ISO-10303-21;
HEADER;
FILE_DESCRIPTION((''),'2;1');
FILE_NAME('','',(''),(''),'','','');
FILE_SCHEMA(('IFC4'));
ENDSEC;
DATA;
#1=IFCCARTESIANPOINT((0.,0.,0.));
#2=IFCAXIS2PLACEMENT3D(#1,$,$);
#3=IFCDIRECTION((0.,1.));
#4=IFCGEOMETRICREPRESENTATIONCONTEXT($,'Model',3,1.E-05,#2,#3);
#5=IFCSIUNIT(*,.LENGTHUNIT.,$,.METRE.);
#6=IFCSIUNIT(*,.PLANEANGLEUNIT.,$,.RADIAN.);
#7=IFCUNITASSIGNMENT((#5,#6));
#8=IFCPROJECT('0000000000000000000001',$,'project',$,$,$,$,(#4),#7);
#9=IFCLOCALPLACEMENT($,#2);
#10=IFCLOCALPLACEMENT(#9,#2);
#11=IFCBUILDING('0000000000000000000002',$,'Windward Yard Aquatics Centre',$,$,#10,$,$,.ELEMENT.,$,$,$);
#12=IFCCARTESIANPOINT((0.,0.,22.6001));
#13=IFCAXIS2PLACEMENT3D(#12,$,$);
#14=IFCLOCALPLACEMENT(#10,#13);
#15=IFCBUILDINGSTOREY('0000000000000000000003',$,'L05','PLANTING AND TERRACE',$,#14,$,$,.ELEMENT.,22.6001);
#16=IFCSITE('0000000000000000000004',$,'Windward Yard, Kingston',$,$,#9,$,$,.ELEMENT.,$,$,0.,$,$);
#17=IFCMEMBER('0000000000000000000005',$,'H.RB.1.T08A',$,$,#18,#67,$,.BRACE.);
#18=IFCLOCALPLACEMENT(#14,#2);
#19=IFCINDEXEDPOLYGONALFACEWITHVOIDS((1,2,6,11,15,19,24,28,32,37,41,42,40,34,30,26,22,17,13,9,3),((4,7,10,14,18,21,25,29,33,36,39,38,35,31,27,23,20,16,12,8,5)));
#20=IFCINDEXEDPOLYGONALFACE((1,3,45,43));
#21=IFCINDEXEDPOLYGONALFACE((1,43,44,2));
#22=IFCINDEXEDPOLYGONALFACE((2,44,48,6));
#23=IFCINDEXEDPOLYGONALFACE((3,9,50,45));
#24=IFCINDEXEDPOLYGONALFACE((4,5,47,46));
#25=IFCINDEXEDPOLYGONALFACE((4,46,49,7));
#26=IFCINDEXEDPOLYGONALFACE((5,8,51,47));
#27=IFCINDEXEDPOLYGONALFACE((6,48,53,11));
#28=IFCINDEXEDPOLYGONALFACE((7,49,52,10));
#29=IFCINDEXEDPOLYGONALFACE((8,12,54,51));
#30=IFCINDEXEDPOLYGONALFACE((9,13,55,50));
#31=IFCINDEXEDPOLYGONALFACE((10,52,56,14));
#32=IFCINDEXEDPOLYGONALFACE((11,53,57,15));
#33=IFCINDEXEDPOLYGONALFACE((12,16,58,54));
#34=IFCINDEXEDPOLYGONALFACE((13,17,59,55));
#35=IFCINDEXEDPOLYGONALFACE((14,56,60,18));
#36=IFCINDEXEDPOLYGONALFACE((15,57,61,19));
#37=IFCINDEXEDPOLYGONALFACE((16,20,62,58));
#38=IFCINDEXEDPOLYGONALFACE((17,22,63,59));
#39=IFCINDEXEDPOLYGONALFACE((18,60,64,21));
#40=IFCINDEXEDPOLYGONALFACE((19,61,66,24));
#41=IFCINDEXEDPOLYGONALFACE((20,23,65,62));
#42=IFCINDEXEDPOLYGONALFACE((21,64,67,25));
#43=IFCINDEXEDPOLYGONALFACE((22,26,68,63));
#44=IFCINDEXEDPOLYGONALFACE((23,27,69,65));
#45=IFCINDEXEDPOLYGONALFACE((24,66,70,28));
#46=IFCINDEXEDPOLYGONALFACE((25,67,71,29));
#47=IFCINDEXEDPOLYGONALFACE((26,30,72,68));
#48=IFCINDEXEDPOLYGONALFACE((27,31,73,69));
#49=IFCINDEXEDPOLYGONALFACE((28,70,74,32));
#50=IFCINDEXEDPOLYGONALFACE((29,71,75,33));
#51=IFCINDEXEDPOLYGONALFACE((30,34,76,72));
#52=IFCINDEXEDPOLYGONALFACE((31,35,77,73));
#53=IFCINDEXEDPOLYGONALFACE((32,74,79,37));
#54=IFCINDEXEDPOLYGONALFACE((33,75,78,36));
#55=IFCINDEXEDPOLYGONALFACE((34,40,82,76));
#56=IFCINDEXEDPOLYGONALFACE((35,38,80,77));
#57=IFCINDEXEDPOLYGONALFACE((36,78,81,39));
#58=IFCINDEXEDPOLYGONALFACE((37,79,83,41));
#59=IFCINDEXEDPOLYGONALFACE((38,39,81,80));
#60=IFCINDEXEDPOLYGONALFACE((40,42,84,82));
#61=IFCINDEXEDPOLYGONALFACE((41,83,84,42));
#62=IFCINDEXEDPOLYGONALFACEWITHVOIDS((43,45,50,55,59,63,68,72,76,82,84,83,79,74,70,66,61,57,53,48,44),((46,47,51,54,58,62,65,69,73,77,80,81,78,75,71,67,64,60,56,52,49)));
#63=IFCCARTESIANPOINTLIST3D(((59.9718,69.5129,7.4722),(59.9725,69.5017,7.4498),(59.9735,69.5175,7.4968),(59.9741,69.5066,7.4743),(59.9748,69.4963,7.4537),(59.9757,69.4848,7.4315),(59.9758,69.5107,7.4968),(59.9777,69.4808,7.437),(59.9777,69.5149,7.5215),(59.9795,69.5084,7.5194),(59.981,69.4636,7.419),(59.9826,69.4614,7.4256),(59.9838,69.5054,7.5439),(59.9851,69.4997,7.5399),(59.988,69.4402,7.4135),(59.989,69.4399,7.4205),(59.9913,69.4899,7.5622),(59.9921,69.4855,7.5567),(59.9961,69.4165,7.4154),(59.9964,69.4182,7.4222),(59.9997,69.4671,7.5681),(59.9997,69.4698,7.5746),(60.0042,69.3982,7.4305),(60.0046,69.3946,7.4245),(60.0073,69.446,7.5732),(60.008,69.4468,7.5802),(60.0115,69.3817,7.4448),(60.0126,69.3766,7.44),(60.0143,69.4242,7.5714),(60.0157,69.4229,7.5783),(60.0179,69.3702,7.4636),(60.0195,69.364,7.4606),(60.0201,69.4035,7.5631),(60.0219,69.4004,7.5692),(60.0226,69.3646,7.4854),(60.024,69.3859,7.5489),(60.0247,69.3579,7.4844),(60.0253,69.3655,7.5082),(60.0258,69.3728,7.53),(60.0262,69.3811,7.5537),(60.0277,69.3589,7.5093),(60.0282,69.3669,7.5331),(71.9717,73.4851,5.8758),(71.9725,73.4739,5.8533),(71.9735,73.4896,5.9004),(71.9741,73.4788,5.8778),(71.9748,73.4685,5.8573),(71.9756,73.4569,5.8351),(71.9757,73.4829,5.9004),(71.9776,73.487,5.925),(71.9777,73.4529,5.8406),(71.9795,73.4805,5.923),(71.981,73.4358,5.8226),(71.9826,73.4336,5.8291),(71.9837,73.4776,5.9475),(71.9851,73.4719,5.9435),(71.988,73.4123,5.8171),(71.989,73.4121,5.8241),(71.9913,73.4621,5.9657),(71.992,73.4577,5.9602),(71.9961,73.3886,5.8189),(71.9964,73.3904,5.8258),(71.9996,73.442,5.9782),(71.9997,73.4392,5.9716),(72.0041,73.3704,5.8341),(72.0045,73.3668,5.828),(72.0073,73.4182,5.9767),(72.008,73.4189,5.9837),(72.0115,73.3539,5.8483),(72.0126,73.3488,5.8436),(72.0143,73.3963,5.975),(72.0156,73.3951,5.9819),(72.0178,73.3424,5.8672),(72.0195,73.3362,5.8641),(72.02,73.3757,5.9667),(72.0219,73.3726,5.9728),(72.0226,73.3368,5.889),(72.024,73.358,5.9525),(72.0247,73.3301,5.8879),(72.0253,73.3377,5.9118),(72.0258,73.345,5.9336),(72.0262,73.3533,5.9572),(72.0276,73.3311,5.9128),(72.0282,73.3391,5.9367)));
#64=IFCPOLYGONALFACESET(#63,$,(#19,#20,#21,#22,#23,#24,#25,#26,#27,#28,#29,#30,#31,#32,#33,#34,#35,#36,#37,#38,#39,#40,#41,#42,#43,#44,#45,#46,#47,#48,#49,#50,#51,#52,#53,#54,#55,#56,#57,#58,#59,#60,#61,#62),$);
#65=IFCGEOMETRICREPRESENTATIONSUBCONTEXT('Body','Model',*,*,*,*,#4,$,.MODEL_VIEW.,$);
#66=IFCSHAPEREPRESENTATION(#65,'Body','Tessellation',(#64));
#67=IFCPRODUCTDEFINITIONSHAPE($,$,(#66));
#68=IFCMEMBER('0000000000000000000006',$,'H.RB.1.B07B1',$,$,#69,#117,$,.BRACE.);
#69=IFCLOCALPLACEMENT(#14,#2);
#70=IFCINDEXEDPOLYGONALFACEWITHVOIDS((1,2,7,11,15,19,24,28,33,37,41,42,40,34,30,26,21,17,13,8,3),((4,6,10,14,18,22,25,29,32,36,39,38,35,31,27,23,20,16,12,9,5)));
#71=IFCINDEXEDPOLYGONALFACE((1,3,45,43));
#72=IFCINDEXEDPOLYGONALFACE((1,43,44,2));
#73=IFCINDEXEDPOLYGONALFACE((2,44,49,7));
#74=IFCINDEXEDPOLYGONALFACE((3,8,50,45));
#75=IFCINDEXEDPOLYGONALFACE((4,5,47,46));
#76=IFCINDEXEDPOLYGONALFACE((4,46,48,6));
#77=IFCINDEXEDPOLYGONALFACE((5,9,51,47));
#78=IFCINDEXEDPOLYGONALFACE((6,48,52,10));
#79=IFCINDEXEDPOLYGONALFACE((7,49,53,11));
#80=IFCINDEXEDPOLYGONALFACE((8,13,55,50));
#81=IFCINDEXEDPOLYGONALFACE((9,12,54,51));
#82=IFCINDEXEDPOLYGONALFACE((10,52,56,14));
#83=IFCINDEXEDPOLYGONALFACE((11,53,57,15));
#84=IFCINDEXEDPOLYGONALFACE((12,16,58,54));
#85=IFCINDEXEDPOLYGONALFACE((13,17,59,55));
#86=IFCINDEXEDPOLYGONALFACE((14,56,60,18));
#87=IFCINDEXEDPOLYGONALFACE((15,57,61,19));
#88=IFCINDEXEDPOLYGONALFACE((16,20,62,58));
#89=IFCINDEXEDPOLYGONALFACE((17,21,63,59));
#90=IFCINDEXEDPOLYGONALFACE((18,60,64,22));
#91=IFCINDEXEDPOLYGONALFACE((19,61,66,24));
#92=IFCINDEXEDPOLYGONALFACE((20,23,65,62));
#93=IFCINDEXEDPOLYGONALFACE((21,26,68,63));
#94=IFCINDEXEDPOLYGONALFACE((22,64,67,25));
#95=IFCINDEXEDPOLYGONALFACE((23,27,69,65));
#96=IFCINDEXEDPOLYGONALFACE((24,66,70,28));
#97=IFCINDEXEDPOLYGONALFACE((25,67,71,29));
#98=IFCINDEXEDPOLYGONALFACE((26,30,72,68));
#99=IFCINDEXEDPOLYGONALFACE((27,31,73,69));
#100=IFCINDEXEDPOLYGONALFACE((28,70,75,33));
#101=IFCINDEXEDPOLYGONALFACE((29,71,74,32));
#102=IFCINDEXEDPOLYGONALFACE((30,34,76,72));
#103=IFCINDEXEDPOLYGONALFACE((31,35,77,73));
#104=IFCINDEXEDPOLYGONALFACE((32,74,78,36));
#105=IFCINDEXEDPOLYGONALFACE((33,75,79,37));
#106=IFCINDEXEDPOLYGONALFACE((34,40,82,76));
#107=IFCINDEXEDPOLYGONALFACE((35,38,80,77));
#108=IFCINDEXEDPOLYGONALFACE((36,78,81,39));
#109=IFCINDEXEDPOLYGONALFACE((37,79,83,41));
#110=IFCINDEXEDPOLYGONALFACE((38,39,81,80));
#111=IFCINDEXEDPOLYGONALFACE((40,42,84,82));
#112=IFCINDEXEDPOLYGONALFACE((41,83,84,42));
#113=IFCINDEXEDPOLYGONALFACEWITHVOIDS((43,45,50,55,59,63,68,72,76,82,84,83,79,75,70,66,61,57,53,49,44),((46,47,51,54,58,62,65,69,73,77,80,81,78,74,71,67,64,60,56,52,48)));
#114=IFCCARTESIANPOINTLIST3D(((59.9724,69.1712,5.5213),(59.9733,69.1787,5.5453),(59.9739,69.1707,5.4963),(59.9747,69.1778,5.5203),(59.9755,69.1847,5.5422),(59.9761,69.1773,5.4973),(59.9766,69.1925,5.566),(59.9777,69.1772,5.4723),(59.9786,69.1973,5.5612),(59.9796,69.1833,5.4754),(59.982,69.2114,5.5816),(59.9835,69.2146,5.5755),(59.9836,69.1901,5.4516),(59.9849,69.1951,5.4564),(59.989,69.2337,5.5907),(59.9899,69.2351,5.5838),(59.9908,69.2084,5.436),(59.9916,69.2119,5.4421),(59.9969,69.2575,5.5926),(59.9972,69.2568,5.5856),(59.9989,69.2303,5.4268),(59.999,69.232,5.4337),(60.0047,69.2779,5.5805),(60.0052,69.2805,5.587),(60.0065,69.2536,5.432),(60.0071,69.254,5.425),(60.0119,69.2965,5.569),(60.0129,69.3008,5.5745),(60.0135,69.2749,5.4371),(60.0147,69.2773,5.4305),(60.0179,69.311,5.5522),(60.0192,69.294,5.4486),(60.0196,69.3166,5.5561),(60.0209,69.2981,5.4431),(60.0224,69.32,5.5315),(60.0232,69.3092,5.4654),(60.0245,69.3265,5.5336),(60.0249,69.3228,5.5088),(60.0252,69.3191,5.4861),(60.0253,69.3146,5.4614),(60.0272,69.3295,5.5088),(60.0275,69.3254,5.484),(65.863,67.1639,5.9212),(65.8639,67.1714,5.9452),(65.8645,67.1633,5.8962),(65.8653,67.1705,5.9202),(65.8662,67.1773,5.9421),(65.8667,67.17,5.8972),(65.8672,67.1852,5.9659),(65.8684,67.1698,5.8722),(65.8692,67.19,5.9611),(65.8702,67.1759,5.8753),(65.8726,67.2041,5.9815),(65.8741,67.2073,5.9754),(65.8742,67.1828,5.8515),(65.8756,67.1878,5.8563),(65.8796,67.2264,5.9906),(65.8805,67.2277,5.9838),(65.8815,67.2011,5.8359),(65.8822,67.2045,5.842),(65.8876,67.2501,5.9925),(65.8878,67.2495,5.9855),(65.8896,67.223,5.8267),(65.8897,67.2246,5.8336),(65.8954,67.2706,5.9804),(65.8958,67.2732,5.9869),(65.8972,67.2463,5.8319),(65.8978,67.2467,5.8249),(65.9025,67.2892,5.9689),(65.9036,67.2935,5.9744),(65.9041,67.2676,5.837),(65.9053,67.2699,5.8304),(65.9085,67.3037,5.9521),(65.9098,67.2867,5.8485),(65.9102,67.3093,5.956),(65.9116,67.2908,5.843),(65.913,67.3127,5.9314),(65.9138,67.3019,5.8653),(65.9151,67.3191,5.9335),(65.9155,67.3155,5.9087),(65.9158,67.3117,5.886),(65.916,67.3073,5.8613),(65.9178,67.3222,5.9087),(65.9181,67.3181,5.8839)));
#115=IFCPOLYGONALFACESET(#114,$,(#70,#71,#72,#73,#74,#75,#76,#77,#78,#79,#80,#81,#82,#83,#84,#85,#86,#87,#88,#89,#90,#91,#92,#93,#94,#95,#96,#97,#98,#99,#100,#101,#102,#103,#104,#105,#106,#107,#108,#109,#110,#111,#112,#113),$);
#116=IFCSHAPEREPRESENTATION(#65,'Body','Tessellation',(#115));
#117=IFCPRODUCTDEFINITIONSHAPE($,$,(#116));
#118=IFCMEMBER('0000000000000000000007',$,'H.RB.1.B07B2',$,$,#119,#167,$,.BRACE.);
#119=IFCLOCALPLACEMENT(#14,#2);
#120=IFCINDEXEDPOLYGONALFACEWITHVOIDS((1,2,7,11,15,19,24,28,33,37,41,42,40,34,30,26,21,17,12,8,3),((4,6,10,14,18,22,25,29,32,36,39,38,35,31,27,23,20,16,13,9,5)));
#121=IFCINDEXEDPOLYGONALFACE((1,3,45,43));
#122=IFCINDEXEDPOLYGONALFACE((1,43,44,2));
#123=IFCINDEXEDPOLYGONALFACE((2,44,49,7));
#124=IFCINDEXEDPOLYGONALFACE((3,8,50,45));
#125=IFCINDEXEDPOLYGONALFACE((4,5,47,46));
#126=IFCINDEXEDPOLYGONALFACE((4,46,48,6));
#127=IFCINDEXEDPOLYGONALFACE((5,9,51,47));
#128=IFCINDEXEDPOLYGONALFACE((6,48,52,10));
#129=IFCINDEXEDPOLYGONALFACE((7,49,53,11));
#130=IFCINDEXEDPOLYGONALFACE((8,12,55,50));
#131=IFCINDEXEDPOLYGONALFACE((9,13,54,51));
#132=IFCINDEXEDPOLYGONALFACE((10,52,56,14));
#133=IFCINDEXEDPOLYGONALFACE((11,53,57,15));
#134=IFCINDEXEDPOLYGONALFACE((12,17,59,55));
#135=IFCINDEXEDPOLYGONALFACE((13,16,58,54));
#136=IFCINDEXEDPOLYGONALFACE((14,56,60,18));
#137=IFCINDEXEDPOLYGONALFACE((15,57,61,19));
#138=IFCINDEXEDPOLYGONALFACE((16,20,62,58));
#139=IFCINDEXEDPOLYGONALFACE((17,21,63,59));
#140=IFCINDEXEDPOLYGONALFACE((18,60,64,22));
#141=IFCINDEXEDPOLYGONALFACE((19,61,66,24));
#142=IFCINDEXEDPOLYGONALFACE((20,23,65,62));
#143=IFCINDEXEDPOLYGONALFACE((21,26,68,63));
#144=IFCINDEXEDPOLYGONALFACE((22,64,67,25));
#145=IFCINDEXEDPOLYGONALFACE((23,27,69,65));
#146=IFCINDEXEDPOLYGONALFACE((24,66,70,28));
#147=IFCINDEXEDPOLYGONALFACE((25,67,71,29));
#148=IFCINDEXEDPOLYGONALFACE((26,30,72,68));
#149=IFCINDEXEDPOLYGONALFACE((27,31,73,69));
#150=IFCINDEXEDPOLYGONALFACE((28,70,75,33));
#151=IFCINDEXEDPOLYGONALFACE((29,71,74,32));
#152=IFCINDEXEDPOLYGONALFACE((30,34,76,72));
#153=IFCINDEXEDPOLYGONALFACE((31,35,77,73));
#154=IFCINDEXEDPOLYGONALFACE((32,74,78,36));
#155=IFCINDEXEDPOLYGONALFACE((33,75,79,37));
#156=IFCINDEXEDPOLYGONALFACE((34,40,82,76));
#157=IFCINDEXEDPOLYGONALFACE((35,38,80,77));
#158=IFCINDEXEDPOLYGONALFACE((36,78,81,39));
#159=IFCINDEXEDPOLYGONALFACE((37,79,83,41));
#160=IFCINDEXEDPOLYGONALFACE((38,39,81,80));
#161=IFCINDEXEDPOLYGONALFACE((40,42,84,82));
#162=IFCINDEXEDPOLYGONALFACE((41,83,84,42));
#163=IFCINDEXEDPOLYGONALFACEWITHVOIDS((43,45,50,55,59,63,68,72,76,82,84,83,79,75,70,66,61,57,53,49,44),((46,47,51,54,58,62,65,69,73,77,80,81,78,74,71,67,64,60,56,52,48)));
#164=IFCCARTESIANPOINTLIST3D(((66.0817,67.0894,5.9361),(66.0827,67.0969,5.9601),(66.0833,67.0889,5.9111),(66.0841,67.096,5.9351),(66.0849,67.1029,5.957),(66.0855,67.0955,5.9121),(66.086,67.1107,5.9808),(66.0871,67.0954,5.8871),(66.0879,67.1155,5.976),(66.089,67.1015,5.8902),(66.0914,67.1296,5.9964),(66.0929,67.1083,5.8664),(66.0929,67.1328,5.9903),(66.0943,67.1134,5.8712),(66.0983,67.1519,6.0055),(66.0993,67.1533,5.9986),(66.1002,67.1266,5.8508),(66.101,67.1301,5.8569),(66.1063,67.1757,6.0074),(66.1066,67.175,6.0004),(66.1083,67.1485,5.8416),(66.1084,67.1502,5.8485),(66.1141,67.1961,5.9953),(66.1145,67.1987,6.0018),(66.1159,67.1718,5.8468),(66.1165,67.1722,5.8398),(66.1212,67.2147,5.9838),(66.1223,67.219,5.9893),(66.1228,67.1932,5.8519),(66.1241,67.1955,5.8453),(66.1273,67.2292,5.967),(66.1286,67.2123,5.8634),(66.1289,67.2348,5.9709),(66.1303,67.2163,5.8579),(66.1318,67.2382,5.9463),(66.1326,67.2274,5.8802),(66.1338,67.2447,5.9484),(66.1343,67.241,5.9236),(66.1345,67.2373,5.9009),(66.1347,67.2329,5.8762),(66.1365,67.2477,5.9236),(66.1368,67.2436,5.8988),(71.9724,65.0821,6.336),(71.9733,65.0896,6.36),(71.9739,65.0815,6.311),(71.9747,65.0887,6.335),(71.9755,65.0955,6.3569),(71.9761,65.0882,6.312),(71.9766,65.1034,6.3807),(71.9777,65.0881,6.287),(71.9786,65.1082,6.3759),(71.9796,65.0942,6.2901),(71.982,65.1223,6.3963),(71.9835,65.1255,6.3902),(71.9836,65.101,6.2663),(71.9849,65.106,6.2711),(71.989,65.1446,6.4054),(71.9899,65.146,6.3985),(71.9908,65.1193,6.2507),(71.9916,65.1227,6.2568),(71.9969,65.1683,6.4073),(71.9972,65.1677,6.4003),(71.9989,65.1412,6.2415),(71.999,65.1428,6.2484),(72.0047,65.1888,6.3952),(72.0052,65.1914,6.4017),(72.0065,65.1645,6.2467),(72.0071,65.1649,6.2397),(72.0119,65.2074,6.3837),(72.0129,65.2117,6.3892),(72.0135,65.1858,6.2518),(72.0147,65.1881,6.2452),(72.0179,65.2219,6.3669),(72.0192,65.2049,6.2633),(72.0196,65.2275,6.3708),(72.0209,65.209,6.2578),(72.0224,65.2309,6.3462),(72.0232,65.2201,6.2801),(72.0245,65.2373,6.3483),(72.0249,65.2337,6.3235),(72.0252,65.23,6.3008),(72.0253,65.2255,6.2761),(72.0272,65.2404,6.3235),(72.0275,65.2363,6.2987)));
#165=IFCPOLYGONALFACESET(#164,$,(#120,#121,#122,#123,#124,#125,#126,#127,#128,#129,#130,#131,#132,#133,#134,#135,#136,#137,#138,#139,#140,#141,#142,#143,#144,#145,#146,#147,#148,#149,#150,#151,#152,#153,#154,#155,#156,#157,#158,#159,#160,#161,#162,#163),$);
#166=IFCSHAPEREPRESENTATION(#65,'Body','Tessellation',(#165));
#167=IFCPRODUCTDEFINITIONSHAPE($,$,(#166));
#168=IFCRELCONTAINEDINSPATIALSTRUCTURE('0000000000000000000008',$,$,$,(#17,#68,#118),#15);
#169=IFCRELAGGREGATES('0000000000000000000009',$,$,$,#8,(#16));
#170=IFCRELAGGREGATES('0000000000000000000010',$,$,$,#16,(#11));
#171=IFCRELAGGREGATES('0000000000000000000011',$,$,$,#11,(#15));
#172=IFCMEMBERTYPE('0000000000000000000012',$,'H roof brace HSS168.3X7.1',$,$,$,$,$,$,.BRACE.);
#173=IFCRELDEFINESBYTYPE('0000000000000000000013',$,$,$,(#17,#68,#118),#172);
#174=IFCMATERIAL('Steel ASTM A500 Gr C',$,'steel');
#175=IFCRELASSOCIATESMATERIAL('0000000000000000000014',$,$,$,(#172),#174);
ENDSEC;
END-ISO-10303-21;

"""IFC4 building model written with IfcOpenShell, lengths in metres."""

from ifc_helpers import new_model, si_unit, direction, frame, origin, origin_2d, place, context, subcontext, project, spatial, hollow_circle, extrude, material, material_profile, profile_set, type_object, element, save


model = new_model("IFC4")

# Units and contexts
model_context = context("Model", 3, precision=1e-05, world=origin(), true_north=direction((0.0, 1.0)))
body_context = subcontext(model_context, "Body", "Model", "MODEL_VIEW")
ifc_project = project(units=[si_unit("LENGTHUNIT", "METRE"), si_unit("PLANEANGLEUNIT", "RADIAN")], contexts=[model_context])

# Site, building, storey
site_placement = place(None, origin())
site = spatial("IfcSite", under=ifc_project, at=site_placement, Name="Windward Yard, Kingston", CompositionType="ELEMENT", RefElevation=0.0)
building_placement = place(site_placement, origin())
building = spatial("IfcBuilding", under=site, at=building_placement, Name="Windward Yard Aquatics Centre", CompositionType="ELEMENT")
storey_placement = place(building_placement, frame((0.0, 0.0, 22.6001)))
storey = spatial("IfcBuildingStorey", under=building, at=storey_placement, Name="L05", Description="PLANTING AND TERRACE", CompositionType="ELEMENT", Elevation=22.6001)

# Members
ifc_material_1 = material(Name="Steel ASTM A500 Gr C", Category="steel")
ifc_material_profile_1 = material_profile(ifc_material_1, hollow_circle(Radius=0.0842, WallThickness=0.0071, at=origin_2d()), Name="HSS168.3X7.1")
ifc_profile_set_1 = profile_set([ifc_material_profile_1], Name="Steel ASTM A500 Gr C")
member_type_1 = type_object("IfcMemberType", Name="H roof brace HSS168.3X7.1", PredefinedType="BRACE", material=ifc_profile_set_1)
member_1_placement = place(storey_placement, frame((60.0, 69.4375, 7.4968), z_axis=(0.94186, 0.311769, -0.125302), x_axis=(-0.314245, 0.949342, 0.0)))
element("IfcMember", 1, at=member_1_placement, inside=storey, type_object=member_type_1, Name="H.RB.1.T08A", PredefinedType="BRACE", context=body_context, shape_type="SweptSolid", body=[
    extrude(hollow_circle(Radius=0.0842, WallThickness=0.0071, at=origin_2d()), origin(), (0.0, 0.0, 1.0), 12.7407),
])
for number, where, z_axis, x_axis, name in (
    (2, (60.0, 69.2498, 5.5088), (0.944603, -0.321889, 0.064127), (0.322553, 0.946552, 0.0), "H.RB.1.B07B1"),
    (3, (66.1094, 67.168, 5.9236), (0.944603, -0.321889, 0.064127), (0.322553, 0.946552, 0.0), "H.RB.1.B07B2"),
):
    element("IfcMember", number, at=place(storey_placement, frame(where, z_axis=z_axis, x_axis=x_axis)), inside=storey, type_object=member_type_1, Name=name, PredefinedType="BRACE", context=body_context, shape_type="SweptSolid", body=[
        extrude(hollow_circle(Radius=0.0842, WallThickness=0.0071, at=origin_2d()), origin(), (0.0, 0.0, 1.0), 6.2361),
    ])

save(model, "model.ifc")
